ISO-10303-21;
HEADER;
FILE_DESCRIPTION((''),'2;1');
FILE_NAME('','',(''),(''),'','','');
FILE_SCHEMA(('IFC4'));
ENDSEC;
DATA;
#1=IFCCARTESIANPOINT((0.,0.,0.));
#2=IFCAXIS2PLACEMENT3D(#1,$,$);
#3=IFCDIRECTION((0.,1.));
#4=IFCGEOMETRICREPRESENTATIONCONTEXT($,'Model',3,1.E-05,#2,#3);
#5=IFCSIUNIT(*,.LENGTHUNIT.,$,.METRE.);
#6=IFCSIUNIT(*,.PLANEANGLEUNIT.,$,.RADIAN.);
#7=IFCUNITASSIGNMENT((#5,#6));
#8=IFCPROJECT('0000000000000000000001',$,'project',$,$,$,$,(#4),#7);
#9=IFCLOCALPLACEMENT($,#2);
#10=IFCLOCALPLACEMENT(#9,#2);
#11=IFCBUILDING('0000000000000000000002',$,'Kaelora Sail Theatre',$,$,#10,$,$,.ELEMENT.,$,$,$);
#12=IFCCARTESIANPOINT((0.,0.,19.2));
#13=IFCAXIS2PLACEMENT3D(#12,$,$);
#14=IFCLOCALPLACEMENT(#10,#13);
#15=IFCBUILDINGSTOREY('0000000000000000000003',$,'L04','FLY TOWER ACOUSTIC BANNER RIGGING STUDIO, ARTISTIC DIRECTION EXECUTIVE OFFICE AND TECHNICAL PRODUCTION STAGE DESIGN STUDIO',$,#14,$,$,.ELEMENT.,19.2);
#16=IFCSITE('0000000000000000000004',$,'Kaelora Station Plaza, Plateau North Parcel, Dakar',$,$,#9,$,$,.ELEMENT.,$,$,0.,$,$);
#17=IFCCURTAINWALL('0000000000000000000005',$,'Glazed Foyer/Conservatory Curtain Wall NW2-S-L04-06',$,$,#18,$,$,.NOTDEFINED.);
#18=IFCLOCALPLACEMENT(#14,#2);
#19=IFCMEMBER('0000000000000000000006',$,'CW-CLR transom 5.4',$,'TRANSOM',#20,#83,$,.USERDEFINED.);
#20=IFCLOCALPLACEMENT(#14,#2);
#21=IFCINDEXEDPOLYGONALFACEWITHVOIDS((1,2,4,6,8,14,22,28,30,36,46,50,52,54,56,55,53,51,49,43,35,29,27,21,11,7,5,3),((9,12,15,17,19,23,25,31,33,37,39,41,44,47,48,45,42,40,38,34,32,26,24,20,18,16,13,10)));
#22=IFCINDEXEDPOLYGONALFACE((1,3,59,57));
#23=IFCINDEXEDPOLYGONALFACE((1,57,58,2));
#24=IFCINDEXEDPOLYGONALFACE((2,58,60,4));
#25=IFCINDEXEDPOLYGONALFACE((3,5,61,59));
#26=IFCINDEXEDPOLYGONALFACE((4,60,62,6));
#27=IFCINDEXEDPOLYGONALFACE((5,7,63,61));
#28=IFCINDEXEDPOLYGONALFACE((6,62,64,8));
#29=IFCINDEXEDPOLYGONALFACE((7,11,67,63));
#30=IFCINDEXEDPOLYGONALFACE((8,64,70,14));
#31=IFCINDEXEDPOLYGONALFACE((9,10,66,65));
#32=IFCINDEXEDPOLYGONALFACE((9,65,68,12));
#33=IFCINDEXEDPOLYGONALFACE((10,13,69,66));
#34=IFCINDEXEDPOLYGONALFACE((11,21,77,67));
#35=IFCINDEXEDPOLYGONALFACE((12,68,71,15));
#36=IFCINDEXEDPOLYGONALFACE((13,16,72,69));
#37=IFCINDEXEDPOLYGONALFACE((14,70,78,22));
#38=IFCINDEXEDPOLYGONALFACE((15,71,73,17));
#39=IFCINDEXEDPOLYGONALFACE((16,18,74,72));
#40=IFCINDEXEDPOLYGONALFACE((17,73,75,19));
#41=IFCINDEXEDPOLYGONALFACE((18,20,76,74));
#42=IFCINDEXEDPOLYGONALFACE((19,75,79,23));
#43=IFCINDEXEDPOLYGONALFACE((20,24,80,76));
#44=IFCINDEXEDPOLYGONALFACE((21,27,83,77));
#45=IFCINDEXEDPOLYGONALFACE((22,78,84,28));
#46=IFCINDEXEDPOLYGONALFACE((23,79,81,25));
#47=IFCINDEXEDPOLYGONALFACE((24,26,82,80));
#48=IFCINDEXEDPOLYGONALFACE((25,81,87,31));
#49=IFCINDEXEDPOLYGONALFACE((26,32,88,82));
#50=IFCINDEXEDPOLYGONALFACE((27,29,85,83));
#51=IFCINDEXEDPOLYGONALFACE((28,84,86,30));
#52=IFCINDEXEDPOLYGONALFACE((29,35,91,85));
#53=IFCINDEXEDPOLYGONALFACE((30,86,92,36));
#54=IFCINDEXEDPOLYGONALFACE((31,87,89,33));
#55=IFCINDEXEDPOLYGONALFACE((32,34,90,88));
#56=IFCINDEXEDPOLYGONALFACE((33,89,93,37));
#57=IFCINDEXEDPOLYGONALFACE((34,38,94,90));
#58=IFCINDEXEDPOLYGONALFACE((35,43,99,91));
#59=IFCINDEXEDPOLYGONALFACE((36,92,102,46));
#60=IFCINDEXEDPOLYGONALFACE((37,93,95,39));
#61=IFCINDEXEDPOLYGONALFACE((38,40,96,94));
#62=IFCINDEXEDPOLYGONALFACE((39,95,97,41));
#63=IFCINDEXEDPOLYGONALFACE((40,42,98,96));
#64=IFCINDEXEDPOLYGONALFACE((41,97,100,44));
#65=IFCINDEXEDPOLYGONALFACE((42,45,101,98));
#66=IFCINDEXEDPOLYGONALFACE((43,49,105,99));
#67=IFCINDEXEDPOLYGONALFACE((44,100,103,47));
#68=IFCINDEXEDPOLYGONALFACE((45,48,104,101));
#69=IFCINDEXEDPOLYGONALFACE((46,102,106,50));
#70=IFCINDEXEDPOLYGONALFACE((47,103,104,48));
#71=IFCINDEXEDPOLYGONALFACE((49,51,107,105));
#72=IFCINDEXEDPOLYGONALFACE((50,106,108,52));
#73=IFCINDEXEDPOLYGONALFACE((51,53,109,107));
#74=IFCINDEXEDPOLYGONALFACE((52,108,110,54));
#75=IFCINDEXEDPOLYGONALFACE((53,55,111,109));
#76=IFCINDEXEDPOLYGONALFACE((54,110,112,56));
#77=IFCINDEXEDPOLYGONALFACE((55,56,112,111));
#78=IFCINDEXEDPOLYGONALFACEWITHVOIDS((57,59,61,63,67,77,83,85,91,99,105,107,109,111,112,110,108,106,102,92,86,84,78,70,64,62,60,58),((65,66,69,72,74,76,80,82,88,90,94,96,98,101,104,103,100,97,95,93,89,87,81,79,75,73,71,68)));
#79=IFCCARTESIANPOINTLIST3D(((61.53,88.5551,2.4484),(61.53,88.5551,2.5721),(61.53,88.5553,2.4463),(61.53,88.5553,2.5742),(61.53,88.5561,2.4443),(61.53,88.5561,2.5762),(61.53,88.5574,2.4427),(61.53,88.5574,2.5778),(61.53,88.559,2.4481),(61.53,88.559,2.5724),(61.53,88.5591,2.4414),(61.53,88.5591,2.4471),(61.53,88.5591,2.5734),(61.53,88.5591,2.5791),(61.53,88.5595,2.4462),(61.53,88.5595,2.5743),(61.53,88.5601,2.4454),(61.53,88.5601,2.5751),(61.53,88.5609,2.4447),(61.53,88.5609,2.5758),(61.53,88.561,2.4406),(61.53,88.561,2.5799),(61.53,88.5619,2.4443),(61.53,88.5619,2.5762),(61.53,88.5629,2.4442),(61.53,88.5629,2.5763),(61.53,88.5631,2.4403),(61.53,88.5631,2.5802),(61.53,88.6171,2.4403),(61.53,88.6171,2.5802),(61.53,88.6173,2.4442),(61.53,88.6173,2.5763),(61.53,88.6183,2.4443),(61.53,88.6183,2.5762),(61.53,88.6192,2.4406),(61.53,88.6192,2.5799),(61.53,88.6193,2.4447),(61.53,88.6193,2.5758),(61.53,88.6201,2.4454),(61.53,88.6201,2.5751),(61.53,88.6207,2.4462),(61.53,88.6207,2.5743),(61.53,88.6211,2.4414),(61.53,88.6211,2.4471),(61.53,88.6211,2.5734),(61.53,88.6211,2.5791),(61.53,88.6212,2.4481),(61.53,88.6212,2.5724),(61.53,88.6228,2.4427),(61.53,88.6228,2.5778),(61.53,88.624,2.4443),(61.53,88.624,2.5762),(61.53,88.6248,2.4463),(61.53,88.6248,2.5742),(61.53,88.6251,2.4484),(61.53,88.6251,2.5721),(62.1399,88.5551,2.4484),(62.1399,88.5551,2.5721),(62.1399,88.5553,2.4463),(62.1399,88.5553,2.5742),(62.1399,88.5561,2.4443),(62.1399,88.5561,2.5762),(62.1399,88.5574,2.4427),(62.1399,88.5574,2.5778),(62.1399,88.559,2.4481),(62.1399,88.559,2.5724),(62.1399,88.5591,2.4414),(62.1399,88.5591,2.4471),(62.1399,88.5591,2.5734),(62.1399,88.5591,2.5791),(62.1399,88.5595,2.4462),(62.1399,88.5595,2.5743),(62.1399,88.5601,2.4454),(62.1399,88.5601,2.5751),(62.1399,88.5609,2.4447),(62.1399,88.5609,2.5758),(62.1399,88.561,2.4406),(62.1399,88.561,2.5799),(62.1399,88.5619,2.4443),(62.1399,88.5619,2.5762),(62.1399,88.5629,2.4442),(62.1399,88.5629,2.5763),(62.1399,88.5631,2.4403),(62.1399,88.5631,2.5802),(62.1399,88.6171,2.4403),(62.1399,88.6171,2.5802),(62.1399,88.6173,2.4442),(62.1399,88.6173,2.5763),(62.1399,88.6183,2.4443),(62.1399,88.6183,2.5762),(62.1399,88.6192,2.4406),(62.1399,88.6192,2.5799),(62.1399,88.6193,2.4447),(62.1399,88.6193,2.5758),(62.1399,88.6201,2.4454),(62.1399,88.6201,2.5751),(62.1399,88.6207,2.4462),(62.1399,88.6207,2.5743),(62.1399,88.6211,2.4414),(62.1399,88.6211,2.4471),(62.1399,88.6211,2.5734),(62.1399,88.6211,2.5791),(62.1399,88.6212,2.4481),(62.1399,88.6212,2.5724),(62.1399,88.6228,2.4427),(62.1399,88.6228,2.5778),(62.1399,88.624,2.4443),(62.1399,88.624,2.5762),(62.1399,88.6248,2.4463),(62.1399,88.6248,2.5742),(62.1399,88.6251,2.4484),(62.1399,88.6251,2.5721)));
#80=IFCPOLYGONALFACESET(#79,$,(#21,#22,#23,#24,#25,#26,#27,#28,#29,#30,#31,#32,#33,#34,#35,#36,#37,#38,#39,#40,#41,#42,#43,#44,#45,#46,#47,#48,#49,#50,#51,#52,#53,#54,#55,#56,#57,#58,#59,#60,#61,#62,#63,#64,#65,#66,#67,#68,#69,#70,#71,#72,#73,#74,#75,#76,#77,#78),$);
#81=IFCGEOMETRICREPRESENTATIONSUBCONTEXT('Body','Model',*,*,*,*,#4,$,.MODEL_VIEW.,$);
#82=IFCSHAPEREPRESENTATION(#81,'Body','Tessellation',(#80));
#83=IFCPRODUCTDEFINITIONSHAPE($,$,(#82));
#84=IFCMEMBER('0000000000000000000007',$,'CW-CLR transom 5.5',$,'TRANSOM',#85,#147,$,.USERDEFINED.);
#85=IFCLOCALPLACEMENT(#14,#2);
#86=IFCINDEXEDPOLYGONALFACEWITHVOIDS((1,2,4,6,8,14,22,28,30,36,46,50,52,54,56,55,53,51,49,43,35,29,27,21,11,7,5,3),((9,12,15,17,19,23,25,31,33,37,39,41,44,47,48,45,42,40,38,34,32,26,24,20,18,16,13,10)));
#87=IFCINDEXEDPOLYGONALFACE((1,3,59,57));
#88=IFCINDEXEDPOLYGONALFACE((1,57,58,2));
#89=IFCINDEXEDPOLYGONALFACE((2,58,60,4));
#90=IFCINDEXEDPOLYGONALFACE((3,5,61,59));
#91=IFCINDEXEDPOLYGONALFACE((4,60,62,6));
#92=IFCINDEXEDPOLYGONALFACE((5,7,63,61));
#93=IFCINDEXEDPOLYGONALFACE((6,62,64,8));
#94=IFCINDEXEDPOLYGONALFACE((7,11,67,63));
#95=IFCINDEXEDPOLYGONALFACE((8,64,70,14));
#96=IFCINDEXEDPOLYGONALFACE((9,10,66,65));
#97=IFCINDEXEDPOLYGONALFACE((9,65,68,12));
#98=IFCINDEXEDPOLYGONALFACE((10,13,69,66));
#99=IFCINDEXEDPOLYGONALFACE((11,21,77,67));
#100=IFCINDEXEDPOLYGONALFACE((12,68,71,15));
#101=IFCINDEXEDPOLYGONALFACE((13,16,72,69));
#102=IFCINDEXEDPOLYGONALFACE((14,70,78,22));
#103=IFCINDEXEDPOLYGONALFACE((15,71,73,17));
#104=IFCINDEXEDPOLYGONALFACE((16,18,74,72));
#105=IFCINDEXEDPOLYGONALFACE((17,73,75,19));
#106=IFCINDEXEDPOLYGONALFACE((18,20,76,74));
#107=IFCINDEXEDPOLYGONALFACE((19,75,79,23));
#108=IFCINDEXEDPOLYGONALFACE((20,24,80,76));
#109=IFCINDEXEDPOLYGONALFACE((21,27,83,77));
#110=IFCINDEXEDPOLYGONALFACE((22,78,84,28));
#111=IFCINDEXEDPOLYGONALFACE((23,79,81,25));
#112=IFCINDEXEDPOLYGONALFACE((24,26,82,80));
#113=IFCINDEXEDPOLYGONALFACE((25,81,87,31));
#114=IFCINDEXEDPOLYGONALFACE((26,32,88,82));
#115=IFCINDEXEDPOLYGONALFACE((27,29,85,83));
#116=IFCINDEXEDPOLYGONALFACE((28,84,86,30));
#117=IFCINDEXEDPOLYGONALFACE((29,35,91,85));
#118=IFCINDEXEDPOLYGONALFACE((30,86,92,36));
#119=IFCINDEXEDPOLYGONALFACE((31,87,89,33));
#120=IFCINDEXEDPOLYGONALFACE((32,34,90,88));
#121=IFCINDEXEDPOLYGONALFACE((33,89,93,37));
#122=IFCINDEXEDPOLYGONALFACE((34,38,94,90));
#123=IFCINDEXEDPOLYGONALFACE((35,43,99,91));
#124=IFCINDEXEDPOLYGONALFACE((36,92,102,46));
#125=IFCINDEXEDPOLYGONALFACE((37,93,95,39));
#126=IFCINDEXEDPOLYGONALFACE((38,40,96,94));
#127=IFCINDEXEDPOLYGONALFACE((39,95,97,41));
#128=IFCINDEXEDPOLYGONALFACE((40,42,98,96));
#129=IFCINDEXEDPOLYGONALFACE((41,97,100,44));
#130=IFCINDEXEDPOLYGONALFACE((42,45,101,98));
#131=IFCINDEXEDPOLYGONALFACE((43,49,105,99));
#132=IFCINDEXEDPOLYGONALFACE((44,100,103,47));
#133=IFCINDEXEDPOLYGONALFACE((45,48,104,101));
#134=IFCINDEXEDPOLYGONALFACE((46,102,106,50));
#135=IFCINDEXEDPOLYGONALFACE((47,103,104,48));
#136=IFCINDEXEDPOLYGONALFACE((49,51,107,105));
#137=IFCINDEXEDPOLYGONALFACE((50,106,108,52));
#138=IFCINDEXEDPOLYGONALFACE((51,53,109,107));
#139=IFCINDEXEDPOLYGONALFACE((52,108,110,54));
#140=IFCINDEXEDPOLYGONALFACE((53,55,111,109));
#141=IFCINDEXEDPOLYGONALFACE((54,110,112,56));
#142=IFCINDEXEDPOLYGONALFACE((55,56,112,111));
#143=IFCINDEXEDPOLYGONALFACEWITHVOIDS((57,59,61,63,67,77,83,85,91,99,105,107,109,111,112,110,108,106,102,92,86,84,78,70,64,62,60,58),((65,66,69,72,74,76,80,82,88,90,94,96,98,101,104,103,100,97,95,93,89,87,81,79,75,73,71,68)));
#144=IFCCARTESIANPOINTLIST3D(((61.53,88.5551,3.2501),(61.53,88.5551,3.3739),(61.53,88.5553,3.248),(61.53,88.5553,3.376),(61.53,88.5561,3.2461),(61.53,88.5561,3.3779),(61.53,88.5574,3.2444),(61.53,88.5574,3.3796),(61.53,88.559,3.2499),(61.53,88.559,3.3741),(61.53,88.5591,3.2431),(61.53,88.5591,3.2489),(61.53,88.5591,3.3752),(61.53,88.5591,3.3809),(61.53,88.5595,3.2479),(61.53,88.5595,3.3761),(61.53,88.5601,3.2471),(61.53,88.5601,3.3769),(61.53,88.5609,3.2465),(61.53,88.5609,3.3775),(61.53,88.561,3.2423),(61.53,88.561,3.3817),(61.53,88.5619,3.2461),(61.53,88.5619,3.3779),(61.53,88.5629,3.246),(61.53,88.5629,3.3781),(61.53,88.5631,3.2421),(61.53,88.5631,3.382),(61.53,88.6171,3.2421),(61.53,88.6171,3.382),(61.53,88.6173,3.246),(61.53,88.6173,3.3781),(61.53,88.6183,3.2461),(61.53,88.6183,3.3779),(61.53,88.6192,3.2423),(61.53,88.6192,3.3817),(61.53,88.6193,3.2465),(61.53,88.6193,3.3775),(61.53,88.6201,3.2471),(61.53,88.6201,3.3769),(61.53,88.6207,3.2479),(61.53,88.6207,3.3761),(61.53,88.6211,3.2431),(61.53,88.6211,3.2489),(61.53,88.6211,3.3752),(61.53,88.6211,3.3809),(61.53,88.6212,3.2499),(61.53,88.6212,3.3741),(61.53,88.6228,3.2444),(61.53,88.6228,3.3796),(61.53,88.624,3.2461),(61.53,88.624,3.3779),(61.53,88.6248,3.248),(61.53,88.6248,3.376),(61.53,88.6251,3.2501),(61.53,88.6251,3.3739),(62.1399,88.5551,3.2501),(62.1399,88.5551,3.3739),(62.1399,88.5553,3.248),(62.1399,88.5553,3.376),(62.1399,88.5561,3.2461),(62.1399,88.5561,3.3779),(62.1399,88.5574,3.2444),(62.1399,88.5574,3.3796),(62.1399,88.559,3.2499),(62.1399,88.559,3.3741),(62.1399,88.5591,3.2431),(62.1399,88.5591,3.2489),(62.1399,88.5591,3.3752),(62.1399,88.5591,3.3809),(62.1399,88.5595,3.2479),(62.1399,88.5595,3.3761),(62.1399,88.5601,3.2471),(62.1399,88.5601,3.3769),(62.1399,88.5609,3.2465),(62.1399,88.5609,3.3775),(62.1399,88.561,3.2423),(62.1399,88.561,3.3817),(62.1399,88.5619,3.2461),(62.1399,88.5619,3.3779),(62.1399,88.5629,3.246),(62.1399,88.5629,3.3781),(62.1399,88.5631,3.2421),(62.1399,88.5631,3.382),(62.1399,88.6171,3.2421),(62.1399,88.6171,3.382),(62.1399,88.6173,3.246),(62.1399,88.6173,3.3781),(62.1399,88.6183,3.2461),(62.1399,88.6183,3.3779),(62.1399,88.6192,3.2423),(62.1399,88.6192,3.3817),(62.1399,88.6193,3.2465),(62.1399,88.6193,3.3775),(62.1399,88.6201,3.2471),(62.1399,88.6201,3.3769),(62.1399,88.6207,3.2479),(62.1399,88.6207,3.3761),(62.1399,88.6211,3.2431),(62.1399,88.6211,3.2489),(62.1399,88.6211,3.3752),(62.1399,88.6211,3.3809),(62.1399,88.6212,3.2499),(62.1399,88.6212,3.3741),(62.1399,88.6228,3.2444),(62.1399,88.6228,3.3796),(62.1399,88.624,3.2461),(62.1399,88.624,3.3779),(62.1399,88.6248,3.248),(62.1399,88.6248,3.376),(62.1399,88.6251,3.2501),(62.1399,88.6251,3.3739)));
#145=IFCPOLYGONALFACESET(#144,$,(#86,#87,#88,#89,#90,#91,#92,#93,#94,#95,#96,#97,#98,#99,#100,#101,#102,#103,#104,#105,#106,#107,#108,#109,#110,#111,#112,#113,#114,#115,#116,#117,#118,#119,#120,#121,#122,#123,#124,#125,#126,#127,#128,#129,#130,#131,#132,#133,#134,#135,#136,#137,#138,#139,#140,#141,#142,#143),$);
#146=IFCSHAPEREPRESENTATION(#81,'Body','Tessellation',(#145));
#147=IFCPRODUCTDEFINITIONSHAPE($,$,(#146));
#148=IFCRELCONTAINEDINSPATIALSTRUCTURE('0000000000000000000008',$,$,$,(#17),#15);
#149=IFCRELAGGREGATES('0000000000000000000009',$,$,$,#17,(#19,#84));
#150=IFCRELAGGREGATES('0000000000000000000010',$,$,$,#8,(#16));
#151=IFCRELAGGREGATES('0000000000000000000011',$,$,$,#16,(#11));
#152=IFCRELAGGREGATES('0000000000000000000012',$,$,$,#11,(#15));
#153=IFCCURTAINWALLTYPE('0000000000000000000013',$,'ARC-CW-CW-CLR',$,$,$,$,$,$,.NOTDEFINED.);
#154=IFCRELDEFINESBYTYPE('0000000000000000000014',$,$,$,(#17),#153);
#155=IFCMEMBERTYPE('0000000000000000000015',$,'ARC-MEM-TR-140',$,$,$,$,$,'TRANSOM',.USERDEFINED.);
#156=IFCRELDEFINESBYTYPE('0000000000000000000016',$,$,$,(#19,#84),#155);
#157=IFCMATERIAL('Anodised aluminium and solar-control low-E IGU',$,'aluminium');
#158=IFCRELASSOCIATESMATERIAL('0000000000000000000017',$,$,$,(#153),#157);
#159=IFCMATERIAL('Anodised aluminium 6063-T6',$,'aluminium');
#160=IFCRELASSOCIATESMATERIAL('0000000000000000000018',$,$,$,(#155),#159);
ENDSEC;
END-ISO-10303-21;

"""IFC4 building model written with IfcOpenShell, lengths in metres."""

from ifc_helpers import new_model, si_unit, direction, frame, origin, origin_2d, place, context, subcontext, project, spatial, hollow_rectangle, extrude, material, material_profile, profile_set, type_object, element, aggregate, save


model = new_model("IFC4")

# Units and contexts
model_context = context("Model", 3, precision=1e-05, world=origin(), true_north=direction((0.0, 1.0)))
body_context = subcontext(model_context, "Body", "Model", "MODEL_VIEW")
ifc_project = project(units=[si_unit("LENGTHUNIT", "METRE"), si_unit("PLANEANGLEUNIT", "RADIAN")], contexts=[model_context])

# Site, building, storey
site_placement = place(None, origin())
site = spatial("IfcSite", under=ifc_project, at=site_placement, Name="Kaelora Station Plaza, Plateau North Parcel, Dakar", CompositionType="ELEMENT", RefElevation=0.0)
building_placement = place(site_placement, origin())
building = spatial("IfcBuilding", under=site, at=building_placement, Name="Kaelora Sail Theatre", CompositionType="ELEMENT")
storey_placement = place(building_placement, frame((0.0, 0.0, 19.2)))
storey = spatial("IfcBuildingStorey", under=building, at=storey_placement, Name="L04", Description="FLY TOWER ACOUSTIC BANNER RIGGING STUDIO, ARTISTIC DIRECTION EXECUTIVE OFFICE AND TECHNICAL PRODUCTION STAGE DESIGN STUDIO", CompositionType="ELEMENT", Elevation=19.2)

# Curtain wall
ifc_material_1 = material(Name="Anodised aluminium and solar-control low-E IGU", Category="aluminium")
curtain_wall_type = type_object("IfcCurtainWallType", Name="ARC-CW-CW-CLR", PredefinedType="NOTDEFINED", material=ifc_material_1)
curtain_wall_1_placement = place(storey_placement, origin())
curtain_wall_1 = element("IfcCurtainWall", 1, at=curtain_wall_1_placement, inside=storey, type_object=curtain_wall_type, Name="Glazed Foyer/Conservatory Curtain Wall NW2-S-L04-06", PredefinedType="NOTDEFINED")

# Members
ifc_material_2 = material(Name="Anodised aluminium 6063-T6", Category="aluminium")
ifc_material_profile_1 = material_profile(ifc_material_2, hollow_rectangle(XDim=0.0701, YDim=0.1399, WallThickness=0.0039, InnerFilletRadius=0.0039, OuterFilletRadius=0.0081, at=origin_2d()), Name="ALU-TRAN 70x140x4")
ifc_profile_set_1 = profile_set([ifc_material_profile_1], Name="Anodised aluminium 6063-T6")
member_type_1 = type_object("IfcMemberType", Name="ARC-MEM-TR-140", ElementType="TRANSOM", PredefinedType="USERDEFINED", material=ifc_profile_set_1)
member_1_placement = place(storey_placement, frame((61.53, 88.5901, 2.5103), z_axis=(1.0, 0.0, 0.0), x_axis=(0.0, 1.0, 0.0)))
member_1 = element("IfcMember", 2, at=member_1_placement, type_object=member_type_1, Name="CW-CLR transom 5.4", ObjectType="TRANSOM", PredefinedType="USERDEFINED", context=body_context, shape_type="SweptSolid", body=[
    extrude(hollow_rectangle(XDim=0.0701, YDim=0.1399, WallThickness=0.0039, InnerFilletRadius=0.0039, OuterFilletRadius=0.0081, at=origin_2d()), origin(), (0.0, 0.0, 1.0), 0.6099),
])
member_2_placement = place(storey_placement, frame((61.53, 88.5901, 3.312), z_axis=(1.0, 0.0, 0.0), x_axis=(0.0, 1.0, 0.0)))
member_2 = element("IfcMember", 3, at=member_2_placement, type_object=member_type_1, Name="CW-CLR transom 5.5", ObjectType="TRANSOM", PredefinedType="USERDEFINED", context=body_context, shape_type="SweptSolid", body=[
    extrude(hollow_rectangle(XDim=0.0701, YDim=0.1399, WallThickness=0.0039, InnerFilletRadius=0.0039, OuterFilletRadius=0.0081, at=origin_2d()), origin(), (0.0, 0.0, 1.0), 0.6099),
])

aggregate(curtain_wall_1, [member_1, member_2])

save(model, "model.ifc")
